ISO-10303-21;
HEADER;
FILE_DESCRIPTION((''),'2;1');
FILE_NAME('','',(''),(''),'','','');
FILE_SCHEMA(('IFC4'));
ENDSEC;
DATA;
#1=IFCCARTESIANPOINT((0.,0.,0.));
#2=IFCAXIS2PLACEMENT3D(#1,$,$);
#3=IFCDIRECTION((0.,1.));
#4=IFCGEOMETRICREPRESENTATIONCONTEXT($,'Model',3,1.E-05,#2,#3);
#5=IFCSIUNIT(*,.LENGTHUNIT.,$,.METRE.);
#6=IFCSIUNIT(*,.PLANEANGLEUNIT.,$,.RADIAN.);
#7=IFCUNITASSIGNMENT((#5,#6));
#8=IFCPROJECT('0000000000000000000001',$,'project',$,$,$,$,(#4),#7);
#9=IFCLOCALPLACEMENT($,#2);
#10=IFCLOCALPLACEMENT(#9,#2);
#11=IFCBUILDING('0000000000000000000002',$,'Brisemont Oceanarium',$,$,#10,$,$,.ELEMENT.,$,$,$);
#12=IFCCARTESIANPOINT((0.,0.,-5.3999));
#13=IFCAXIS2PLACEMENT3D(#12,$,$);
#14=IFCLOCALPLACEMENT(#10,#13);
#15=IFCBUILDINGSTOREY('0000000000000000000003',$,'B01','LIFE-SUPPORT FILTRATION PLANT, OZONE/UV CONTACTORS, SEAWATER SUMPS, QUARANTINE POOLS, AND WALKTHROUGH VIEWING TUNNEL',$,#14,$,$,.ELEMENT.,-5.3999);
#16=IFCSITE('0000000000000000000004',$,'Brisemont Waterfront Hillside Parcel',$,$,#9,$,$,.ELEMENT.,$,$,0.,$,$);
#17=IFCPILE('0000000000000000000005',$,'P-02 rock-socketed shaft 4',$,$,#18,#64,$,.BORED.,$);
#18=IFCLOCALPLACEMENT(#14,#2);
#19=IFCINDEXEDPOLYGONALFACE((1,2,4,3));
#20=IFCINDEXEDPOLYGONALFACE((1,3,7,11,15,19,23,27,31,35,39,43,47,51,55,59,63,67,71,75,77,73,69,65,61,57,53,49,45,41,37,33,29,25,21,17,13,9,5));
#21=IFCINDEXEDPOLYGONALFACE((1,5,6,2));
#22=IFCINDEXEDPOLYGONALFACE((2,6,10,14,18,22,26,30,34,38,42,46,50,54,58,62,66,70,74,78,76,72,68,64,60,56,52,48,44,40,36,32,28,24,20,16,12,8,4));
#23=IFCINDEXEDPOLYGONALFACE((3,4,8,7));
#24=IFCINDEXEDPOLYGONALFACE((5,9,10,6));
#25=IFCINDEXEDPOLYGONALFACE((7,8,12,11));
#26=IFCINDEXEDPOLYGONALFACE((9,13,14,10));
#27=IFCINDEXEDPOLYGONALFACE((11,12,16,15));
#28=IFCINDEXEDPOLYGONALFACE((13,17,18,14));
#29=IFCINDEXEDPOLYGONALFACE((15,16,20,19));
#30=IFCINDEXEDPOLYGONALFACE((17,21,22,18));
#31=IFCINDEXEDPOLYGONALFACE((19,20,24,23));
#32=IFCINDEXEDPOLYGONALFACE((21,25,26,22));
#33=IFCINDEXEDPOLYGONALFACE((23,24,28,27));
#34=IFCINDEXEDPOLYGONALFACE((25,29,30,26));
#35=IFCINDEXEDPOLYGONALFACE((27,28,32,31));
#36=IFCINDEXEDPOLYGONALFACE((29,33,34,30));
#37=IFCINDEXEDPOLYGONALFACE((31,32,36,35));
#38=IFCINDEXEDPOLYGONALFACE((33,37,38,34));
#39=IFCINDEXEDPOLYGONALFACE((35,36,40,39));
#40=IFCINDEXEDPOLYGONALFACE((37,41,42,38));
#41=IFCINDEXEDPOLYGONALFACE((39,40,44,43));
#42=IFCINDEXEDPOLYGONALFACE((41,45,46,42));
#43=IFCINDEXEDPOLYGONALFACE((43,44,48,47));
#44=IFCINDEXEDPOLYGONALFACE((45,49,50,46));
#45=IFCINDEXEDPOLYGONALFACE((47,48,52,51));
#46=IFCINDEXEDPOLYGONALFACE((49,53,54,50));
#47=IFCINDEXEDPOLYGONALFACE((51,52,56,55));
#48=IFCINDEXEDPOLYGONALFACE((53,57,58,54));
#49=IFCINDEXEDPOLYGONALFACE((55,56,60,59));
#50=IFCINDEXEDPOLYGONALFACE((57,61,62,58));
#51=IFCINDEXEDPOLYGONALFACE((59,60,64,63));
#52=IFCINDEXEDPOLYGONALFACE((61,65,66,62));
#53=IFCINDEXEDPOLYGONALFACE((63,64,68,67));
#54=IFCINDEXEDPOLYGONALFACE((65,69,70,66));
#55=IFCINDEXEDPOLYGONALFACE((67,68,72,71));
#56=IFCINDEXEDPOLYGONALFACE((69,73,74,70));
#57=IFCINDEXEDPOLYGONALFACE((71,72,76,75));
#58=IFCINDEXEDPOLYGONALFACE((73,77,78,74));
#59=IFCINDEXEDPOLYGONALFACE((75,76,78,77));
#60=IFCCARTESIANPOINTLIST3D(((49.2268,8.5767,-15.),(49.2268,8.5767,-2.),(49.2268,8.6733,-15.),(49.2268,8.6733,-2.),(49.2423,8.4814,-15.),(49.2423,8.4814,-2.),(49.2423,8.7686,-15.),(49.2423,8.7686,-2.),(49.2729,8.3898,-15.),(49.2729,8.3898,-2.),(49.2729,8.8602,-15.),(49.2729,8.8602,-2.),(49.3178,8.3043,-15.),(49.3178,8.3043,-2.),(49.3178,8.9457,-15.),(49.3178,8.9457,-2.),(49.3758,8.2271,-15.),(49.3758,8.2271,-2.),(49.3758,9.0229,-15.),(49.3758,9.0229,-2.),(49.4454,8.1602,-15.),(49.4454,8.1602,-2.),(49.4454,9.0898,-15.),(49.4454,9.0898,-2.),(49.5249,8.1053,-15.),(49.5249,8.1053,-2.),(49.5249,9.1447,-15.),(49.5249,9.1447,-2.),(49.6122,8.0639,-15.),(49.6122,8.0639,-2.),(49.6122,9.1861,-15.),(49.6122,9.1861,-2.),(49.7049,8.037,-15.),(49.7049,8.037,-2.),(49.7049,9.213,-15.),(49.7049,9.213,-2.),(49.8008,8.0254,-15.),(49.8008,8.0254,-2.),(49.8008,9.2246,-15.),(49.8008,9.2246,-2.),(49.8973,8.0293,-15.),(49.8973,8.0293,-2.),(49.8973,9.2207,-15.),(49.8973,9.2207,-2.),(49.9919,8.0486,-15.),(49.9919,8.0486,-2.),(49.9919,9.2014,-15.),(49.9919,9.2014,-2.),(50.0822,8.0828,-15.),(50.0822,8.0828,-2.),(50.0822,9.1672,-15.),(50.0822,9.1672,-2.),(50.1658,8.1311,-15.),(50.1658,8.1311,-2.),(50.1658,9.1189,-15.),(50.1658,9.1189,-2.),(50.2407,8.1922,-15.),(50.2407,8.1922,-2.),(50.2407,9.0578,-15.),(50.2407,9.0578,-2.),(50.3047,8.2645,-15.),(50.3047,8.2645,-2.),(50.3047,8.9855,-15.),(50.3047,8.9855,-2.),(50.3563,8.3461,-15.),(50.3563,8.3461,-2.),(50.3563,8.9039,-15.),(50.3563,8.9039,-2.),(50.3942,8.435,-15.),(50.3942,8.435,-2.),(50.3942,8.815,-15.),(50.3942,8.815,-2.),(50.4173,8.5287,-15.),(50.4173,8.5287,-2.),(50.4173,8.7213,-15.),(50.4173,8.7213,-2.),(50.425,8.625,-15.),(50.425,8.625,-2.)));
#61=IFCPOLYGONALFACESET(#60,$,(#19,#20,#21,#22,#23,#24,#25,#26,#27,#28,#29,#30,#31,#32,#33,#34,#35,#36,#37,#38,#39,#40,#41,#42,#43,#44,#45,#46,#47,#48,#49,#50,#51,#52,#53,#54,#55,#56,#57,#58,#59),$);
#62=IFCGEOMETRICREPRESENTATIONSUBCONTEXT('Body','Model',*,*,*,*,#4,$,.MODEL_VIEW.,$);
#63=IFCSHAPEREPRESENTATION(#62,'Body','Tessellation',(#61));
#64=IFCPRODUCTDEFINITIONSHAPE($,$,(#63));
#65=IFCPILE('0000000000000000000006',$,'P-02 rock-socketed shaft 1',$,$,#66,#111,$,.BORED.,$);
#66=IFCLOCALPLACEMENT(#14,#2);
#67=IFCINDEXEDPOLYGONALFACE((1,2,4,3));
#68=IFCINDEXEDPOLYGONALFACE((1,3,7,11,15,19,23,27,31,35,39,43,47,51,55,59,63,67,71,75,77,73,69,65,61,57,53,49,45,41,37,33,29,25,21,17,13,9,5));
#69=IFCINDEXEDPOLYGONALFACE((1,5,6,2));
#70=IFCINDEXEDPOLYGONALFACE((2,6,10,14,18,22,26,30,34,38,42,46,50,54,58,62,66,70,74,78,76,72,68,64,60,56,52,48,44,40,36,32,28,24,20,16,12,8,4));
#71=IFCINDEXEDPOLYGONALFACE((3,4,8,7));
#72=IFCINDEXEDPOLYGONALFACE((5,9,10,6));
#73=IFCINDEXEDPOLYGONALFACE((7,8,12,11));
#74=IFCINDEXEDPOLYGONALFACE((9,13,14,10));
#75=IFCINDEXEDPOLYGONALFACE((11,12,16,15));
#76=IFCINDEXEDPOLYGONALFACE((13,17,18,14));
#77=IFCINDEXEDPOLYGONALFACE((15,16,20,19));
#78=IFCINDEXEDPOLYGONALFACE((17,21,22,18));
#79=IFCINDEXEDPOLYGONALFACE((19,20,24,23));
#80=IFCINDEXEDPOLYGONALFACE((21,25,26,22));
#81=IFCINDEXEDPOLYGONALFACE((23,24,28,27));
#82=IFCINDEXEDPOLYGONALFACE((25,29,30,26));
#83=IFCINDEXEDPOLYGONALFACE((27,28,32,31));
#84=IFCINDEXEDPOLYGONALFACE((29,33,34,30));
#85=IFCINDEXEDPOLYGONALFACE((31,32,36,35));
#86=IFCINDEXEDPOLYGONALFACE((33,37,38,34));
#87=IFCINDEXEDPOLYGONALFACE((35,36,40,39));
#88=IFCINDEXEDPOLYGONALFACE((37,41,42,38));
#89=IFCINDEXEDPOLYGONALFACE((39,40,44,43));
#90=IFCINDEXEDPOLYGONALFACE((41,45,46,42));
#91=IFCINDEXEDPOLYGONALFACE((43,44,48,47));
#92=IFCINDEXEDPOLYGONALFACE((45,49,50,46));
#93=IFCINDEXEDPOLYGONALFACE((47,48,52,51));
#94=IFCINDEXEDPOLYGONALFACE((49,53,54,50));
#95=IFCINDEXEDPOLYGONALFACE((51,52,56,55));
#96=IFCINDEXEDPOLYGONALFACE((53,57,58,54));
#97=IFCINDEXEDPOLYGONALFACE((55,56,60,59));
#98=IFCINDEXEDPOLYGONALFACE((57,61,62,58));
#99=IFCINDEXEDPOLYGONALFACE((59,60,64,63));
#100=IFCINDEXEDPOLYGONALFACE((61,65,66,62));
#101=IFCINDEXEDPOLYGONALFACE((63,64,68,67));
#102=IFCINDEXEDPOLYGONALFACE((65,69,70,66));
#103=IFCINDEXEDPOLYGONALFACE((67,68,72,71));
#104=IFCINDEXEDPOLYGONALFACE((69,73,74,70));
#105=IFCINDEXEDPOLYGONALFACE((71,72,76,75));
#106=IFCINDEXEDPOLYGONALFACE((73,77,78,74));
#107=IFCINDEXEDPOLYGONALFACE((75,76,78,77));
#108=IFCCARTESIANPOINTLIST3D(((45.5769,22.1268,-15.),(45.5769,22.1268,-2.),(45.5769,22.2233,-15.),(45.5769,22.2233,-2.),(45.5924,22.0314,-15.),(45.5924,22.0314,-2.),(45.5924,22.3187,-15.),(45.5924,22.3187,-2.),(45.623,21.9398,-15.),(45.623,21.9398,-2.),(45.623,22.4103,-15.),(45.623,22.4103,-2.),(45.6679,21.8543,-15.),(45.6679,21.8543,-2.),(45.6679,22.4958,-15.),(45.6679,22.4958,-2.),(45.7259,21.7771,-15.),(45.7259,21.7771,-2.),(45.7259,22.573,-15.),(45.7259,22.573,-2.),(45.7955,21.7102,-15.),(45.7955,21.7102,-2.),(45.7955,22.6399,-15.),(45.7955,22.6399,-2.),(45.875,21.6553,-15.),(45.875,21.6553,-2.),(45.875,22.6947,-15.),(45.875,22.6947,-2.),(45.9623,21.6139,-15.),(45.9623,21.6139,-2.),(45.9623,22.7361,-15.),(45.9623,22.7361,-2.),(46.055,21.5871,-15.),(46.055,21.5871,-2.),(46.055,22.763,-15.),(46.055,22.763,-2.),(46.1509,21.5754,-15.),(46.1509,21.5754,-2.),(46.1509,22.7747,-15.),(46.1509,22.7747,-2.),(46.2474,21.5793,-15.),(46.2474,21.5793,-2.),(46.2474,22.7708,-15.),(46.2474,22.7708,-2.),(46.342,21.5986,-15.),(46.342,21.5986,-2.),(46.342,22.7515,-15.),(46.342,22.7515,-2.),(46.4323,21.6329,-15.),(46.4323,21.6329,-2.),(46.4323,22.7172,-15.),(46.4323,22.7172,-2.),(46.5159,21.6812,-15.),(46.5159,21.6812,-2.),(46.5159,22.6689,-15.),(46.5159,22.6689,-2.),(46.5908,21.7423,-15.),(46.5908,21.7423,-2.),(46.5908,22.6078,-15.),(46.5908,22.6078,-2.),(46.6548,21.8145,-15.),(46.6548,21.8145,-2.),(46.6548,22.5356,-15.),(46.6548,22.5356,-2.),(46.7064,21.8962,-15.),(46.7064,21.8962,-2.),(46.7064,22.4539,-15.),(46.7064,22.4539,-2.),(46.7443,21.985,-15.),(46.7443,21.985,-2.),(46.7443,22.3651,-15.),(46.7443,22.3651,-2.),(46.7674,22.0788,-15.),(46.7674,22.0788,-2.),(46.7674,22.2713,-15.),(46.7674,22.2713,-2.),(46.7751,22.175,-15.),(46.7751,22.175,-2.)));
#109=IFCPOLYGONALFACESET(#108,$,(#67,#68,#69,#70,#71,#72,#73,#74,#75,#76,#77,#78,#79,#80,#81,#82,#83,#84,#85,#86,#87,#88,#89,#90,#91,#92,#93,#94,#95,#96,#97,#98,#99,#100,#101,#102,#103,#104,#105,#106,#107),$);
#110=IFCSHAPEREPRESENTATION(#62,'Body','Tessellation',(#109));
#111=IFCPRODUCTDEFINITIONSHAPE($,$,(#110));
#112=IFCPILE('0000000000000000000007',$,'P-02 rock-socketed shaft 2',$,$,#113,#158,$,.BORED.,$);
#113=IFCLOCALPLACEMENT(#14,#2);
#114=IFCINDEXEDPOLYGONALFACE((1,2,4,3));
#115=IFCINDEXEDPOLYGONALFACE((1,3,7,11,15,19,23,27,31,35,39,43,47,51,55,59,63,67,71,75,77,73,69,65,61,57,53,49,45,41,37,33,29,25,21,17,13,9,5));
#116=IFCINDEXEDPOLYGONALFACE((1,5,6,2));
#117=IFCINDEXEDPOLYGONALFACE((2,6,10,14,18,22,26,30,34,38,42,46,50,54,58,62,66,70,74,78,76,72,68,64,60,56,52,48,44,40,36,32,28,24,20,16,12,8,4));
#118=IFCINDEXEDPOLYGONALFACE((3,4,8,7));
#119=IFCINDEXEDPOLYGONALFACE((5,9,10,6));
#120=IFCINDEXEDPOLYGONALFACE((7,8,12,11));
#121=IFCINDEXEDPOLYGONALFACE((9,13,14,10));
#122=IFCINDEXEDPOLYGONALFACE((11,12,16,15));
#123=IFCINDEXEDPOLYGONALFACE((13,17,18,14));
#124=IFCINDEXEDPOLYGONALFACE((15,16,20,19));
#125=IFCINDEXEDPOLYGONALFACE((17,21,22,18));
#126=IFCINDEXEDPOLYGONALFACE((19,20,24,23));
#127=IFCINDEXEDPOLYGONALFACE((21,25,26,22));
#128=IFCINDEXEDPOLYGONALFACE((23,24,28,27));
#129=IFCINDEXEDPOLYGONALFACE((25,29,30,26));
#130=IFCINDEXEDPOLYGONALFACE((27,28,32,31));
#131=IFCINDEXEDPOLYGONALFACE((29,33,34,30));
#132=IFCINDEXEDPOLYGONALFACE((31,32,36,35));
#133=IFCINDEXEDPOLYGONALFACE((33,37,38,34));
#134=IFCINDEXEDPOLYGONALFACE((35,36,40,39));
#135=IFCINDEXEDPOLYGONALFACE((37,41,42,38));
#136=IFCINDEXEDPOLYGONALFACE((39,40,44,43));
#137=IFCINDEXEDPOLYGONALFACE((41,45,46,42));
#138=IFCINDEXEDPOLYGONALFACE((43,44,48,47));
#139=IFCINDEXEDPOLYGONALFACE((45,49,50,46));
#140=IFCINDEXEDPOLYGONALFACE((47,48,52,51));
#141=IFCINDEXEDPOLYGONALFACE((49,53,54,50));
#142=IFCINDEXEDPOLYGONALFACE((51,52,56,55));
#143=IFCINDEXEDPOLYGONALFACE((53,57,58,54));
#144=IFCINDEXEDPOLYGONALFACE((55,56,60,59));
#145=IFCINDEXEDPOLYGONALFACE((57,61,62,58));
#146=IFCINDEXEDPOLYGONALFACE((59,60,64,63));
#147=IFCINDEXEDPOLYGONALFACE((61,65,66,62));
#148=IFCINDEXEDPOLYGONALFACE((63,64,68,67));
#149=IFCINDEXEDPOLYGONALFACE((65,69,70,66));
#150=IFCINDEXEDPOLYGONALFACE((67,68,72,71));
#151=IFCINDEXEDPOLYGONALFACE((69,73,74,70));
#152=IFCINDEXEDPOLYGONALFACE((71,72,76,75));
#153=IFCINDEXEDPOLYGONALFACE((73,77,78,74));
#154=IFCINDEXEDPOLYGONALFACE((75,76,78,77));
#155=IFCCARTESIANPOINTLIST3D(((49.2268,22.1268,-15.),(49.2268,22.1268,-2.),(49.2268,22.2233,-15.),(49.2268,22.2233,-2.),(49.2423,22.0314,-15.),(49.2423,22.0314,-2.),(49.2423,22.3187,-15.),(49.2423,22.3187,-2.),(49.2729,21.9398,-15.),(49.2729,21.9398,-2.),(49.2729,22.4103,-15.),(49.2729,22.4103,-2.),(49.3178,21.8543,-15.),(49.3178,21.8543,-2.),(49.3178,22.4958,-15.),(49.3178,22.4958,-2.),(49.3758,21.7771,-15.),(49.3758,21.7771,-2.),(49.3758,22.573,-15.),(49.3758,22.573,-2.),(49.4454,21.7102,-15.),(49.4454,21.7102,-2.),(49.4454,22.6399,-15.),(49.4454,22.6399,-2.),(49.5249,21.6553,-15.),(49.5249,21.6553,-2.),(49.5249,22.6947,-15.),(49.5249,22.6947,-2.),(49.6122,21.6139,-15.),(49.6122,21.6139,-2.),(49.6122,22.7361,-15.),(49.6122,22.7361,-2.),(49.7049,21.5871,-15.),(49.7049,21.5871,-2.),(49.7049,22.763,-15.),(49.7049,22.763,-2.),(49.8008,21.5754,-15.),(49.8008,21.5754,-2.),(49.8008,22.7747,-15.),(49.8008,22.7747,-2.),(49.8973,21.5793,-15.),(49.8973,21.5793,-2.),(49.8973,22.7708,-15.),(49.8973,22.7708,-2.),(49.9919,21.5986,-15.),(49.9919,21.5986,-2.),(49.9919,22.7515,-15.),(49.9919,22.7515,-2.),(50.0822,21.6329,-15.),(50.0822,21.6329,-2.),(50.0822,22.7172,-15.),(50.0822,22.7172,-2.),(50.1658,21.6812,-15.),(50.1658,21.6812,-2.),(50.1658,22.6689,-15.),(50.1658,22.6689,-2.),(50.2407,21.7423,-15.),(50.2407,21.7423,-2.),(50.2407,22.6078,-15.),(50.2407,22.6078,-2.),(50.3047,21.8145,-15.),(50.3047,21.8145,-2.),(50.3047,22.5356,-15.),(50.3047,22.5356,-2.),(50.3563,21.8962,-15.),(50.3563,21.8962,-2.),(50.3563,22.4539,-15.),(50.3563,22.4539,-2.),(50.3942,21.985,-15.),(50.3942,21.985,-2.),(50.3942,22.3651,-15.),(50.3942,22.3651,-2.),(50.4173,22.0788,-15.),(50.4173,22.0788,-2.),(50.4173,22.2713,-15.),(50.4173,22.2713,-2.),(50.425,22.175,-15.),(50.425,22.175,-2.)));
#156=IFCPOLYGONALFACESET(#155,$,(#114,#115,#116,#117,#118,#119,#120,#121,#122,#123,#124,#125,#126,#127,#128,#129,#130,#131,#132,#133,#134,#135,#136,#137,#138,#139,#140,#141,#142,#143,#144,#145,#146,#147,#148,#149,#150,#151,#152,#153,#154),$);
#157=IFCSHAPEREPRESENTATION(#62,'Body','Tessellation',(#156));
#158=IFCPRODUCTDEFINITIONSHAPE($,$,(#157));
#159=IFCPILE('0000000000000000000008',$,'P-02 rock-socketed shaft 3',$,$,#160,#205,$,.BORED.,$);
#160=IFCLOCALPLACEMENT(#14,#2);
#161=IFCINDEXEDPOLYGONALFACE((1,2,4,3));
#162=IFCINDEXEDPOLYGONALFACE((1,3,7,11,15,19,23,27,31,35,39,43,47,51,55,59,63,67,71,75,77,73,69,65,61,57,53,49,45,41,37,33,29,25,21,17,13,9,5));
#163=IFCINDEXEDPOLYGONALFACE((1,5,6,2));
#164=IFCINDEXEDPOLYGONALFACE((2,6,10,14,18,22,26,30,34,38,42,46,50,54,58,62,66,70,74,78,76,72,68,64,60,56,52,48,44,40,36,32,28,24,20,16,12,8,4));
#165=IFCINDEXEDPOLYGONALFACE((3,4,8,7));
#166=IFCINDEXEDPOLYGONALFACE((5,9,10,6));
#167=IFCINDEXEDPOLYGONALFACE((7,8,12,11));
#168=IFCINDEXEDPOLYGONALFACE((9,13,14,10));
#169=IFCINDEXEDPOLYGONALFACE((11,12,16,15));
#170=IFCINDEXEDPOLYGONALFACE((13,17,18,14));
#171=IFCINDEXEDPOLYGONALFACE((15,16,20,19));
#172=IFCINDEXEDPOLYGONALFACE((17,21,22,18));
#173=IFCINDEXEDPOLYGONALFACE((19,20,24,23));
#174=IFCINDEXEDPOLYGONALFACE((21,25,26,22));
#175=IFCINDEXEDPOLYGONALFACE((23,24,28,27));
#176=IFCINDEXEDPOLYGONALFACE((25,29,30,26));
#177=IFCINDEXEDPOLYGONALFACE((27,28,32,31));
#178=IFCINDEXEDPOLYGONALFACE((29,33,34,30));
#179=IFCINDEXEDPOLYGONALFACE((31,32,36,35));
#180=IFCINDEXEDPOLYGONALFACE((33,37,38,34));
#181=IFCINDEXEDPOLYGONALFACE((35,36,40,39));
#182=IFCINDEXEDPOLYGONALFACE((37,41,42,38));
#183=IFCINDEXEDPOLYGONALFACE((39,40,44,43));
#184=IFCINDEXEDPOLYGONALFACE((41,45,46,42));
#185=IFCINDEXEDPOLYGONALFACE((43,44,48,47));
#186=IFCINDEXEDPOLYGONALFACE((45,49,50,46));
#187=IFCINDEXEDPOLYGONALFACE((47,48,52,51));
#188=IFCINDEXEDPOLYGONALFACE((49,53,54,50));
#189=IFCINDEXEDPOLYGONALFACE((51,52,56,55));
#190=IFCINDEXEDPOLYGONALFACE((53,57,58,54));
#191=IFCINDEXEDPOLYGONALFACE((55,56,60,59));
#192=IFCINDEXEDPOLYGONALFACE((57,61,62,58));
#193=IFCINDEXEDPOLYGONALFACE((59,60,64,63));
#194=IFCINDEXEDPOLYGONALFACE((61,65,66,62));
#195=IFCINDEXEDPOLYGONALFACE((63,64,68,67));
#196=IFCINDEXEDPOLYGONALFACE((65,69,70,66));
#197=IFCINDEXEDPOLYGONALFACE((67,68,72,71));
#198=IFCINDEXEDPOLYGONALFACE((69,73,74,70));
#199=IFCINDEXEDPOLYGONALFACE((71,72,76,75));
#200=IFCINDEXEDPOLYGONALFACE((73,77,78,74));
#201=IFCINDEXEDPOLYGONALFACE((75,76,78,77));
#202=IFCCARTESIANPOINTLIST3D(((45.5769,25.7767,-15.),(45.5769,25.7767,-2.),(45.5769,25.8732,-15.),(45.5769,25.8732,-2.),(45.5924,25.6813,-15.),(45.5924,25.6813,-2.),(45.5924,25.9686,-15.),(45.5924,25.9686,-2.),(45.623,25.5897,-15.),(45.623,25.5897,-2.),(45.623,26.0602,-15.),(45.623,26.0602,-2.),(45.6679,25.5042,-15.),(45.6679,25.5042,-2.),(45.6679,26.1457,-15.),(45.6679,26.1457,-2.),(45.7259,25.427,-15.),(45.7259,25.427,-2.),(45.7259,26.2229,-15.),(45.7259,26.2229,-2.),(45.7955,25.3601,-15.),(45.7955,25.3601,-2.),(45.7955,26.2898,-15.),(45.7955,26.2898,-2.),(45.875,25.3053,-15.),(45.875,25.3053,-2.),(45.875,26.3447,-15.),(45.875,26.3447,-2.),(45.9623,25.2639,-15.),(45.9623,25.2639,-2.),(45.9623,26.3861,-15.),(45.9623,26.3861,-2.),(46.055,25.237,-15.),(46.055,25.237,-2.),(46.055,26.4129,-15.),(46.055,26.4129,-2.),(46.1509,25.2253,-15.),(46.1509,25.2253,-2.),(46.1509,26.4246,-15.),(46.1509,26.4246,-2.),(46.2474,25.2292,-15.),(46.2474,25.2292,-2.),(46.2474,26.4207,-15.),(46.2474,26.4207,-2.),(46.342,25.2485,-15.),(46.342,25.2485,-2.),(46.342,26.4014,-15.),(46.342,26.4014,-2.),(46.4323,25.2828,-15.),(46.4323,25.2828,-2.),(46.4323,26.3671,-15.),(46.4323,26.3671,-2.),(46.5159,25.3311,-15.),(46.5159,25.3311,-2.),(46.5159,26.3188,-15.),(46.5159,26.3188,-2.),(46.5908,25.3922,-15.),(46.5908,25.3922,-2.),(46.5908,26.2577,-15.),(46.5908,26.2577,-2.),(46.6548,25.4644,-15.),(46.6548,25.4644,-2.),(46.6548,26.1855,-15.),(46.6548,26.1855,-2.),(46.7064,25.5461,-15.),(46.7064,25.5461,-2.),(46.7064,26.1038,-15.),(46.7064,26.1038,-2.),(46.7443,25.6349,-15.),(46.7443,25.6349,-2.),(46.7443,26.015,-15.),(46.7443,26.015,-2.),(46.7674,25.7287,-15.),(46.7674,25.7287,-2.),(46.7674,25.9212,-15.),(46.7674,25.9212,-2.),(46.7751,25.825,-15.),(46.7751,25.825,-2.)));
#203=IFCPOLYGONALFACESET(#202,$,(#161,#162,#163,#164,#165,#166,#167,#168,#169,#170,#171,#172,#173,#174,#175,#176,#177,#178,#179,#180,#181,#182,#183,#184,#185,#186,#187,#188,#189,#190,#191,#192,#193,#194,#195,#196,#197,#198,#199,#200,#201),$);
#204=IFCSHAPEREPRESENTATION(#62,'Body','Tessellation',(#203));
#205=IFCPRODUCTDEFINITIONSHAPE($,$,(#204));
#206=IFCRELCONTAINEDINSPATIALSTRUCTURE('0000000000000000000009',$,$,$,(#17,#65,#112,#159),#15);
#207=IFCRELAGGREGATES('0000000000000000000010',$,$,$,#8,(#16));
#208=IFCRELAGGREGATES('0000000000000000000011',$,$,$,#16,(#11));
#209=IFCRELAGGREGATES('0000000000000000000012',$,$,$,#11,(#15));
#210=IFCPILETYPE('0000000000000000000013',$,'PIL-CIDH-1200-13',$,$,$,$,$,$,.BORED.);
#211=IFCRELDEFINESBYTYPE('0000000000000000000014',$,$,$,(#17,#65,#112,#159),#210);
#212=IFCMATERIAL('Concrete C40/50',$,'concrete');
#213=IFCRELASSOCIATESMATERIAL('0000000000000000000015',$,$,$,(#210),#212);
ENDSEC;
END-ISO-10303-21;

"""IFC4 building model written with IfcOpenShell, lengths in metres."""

from ifc_helpers import new_model, si_unit, direction, frame, origin, origin_2d, place, context, subcontext, project, spatial, circle, extrude, material, material_profile, profile_set, type_object, element, save


model = new_model("IFC4")

# Units and contexts
model_context = context("Model", 3, precision=1e-05, world=origin(), true_north=direction((0.0, 1.0)))
body_context = subcontext(model_context, "Body", "Model", "MODEL_VIEW")
ifc_project = project(units=[si_unit("LENGTHUNIT", "METRE"), si_unit("PLANEANGLEUNIT", "RADIAN")], contexts=[model_context])

# Site, building, storey
site_placement = place(None, origin())
site = spatial("IfcSite", under=ifc_project, at=site_placement, Name="Brisemont Waterfront Hillside Parcel", CompositionType="ELEMENT", RefElevation=0.0)
building_placement = place(site_placement, origin())
building = spatial("IfcBuilding", under=site, at=building_placement, Name="Brisemont Oceanarium", CompositionType="ELEMENT")
storey_placement = place(building_placement, frame((0.0, 0.0, -5.3999)))
storey = spatial("IfcBuildingStorey", under=building, at=storey_placement, Name="B01", Description="LIFE-SUPPORT FILTRATION PLANT, OZONE/UV CONTACTORS, SEAWATER SUMPS, QUARANTINE POOLS, AND WALKTHROUGH VIEWING TUNNEL", CompositionType="ELEMENT", Elevation=-5.3999)

# Piles
ifc_material_1 = material(Name="Concrete C40/50", Category="concrete")
ifc_material_profile_1 = material_profile(ifc_material_1, circle(Radius=0.6001, at=origin_2d()), Name="CIDH-D1200")
ifc_profile_set_1 = profile_set([ifc_material_profile_1], Name="Concrete C40/50")
pile_type_1 = type_object("IfcPileType", Name="PIL-CIDH-1200-13", PredefinedType="BORED", material=ifc_profile_set_1)
for number, where, z_axis, x_axis, name in (
    (1, (49.825, 8.625, -2.0), (0.0, 0.0, -1.0), (1.0, 0.0, 0.0), "P-02 rock-socketed shaft 4"),
    (2, (46.175, 22.175, -2.0), (0.0, 0.0, -1.0), (1.0, 0.0, 0.0), "P-02 rock-socketed shaft 1"),
    (3, (49.825, 22.175, -2.0), (0.0, 0.0, -1.0), (1.0, 0.0, 0.0), "P-02 rock-socketed shaft 2"),
    (4, (46.175, 25.825, -2.0), (0.0, 0.0, -1.0), (1.0, 0.0, 0.0), "P-02 rock-socketed shaft 3"),
):
    element("IfcPile", number, at=place(storey_placement, frame(where, z_axis=z_axis, x_axis=x_axis)), inside=storey, type_object=pile_type_1, Name=name, PredefinedType="BORED", context=body_context, shape_type="SweptSolid", body=[
        extrude(circle(Radius=0.6001, at=origin_2d()), origin(), (0.0, 0.0, 1.0), 13.0),
    ])

save(model, "model.ifc")
